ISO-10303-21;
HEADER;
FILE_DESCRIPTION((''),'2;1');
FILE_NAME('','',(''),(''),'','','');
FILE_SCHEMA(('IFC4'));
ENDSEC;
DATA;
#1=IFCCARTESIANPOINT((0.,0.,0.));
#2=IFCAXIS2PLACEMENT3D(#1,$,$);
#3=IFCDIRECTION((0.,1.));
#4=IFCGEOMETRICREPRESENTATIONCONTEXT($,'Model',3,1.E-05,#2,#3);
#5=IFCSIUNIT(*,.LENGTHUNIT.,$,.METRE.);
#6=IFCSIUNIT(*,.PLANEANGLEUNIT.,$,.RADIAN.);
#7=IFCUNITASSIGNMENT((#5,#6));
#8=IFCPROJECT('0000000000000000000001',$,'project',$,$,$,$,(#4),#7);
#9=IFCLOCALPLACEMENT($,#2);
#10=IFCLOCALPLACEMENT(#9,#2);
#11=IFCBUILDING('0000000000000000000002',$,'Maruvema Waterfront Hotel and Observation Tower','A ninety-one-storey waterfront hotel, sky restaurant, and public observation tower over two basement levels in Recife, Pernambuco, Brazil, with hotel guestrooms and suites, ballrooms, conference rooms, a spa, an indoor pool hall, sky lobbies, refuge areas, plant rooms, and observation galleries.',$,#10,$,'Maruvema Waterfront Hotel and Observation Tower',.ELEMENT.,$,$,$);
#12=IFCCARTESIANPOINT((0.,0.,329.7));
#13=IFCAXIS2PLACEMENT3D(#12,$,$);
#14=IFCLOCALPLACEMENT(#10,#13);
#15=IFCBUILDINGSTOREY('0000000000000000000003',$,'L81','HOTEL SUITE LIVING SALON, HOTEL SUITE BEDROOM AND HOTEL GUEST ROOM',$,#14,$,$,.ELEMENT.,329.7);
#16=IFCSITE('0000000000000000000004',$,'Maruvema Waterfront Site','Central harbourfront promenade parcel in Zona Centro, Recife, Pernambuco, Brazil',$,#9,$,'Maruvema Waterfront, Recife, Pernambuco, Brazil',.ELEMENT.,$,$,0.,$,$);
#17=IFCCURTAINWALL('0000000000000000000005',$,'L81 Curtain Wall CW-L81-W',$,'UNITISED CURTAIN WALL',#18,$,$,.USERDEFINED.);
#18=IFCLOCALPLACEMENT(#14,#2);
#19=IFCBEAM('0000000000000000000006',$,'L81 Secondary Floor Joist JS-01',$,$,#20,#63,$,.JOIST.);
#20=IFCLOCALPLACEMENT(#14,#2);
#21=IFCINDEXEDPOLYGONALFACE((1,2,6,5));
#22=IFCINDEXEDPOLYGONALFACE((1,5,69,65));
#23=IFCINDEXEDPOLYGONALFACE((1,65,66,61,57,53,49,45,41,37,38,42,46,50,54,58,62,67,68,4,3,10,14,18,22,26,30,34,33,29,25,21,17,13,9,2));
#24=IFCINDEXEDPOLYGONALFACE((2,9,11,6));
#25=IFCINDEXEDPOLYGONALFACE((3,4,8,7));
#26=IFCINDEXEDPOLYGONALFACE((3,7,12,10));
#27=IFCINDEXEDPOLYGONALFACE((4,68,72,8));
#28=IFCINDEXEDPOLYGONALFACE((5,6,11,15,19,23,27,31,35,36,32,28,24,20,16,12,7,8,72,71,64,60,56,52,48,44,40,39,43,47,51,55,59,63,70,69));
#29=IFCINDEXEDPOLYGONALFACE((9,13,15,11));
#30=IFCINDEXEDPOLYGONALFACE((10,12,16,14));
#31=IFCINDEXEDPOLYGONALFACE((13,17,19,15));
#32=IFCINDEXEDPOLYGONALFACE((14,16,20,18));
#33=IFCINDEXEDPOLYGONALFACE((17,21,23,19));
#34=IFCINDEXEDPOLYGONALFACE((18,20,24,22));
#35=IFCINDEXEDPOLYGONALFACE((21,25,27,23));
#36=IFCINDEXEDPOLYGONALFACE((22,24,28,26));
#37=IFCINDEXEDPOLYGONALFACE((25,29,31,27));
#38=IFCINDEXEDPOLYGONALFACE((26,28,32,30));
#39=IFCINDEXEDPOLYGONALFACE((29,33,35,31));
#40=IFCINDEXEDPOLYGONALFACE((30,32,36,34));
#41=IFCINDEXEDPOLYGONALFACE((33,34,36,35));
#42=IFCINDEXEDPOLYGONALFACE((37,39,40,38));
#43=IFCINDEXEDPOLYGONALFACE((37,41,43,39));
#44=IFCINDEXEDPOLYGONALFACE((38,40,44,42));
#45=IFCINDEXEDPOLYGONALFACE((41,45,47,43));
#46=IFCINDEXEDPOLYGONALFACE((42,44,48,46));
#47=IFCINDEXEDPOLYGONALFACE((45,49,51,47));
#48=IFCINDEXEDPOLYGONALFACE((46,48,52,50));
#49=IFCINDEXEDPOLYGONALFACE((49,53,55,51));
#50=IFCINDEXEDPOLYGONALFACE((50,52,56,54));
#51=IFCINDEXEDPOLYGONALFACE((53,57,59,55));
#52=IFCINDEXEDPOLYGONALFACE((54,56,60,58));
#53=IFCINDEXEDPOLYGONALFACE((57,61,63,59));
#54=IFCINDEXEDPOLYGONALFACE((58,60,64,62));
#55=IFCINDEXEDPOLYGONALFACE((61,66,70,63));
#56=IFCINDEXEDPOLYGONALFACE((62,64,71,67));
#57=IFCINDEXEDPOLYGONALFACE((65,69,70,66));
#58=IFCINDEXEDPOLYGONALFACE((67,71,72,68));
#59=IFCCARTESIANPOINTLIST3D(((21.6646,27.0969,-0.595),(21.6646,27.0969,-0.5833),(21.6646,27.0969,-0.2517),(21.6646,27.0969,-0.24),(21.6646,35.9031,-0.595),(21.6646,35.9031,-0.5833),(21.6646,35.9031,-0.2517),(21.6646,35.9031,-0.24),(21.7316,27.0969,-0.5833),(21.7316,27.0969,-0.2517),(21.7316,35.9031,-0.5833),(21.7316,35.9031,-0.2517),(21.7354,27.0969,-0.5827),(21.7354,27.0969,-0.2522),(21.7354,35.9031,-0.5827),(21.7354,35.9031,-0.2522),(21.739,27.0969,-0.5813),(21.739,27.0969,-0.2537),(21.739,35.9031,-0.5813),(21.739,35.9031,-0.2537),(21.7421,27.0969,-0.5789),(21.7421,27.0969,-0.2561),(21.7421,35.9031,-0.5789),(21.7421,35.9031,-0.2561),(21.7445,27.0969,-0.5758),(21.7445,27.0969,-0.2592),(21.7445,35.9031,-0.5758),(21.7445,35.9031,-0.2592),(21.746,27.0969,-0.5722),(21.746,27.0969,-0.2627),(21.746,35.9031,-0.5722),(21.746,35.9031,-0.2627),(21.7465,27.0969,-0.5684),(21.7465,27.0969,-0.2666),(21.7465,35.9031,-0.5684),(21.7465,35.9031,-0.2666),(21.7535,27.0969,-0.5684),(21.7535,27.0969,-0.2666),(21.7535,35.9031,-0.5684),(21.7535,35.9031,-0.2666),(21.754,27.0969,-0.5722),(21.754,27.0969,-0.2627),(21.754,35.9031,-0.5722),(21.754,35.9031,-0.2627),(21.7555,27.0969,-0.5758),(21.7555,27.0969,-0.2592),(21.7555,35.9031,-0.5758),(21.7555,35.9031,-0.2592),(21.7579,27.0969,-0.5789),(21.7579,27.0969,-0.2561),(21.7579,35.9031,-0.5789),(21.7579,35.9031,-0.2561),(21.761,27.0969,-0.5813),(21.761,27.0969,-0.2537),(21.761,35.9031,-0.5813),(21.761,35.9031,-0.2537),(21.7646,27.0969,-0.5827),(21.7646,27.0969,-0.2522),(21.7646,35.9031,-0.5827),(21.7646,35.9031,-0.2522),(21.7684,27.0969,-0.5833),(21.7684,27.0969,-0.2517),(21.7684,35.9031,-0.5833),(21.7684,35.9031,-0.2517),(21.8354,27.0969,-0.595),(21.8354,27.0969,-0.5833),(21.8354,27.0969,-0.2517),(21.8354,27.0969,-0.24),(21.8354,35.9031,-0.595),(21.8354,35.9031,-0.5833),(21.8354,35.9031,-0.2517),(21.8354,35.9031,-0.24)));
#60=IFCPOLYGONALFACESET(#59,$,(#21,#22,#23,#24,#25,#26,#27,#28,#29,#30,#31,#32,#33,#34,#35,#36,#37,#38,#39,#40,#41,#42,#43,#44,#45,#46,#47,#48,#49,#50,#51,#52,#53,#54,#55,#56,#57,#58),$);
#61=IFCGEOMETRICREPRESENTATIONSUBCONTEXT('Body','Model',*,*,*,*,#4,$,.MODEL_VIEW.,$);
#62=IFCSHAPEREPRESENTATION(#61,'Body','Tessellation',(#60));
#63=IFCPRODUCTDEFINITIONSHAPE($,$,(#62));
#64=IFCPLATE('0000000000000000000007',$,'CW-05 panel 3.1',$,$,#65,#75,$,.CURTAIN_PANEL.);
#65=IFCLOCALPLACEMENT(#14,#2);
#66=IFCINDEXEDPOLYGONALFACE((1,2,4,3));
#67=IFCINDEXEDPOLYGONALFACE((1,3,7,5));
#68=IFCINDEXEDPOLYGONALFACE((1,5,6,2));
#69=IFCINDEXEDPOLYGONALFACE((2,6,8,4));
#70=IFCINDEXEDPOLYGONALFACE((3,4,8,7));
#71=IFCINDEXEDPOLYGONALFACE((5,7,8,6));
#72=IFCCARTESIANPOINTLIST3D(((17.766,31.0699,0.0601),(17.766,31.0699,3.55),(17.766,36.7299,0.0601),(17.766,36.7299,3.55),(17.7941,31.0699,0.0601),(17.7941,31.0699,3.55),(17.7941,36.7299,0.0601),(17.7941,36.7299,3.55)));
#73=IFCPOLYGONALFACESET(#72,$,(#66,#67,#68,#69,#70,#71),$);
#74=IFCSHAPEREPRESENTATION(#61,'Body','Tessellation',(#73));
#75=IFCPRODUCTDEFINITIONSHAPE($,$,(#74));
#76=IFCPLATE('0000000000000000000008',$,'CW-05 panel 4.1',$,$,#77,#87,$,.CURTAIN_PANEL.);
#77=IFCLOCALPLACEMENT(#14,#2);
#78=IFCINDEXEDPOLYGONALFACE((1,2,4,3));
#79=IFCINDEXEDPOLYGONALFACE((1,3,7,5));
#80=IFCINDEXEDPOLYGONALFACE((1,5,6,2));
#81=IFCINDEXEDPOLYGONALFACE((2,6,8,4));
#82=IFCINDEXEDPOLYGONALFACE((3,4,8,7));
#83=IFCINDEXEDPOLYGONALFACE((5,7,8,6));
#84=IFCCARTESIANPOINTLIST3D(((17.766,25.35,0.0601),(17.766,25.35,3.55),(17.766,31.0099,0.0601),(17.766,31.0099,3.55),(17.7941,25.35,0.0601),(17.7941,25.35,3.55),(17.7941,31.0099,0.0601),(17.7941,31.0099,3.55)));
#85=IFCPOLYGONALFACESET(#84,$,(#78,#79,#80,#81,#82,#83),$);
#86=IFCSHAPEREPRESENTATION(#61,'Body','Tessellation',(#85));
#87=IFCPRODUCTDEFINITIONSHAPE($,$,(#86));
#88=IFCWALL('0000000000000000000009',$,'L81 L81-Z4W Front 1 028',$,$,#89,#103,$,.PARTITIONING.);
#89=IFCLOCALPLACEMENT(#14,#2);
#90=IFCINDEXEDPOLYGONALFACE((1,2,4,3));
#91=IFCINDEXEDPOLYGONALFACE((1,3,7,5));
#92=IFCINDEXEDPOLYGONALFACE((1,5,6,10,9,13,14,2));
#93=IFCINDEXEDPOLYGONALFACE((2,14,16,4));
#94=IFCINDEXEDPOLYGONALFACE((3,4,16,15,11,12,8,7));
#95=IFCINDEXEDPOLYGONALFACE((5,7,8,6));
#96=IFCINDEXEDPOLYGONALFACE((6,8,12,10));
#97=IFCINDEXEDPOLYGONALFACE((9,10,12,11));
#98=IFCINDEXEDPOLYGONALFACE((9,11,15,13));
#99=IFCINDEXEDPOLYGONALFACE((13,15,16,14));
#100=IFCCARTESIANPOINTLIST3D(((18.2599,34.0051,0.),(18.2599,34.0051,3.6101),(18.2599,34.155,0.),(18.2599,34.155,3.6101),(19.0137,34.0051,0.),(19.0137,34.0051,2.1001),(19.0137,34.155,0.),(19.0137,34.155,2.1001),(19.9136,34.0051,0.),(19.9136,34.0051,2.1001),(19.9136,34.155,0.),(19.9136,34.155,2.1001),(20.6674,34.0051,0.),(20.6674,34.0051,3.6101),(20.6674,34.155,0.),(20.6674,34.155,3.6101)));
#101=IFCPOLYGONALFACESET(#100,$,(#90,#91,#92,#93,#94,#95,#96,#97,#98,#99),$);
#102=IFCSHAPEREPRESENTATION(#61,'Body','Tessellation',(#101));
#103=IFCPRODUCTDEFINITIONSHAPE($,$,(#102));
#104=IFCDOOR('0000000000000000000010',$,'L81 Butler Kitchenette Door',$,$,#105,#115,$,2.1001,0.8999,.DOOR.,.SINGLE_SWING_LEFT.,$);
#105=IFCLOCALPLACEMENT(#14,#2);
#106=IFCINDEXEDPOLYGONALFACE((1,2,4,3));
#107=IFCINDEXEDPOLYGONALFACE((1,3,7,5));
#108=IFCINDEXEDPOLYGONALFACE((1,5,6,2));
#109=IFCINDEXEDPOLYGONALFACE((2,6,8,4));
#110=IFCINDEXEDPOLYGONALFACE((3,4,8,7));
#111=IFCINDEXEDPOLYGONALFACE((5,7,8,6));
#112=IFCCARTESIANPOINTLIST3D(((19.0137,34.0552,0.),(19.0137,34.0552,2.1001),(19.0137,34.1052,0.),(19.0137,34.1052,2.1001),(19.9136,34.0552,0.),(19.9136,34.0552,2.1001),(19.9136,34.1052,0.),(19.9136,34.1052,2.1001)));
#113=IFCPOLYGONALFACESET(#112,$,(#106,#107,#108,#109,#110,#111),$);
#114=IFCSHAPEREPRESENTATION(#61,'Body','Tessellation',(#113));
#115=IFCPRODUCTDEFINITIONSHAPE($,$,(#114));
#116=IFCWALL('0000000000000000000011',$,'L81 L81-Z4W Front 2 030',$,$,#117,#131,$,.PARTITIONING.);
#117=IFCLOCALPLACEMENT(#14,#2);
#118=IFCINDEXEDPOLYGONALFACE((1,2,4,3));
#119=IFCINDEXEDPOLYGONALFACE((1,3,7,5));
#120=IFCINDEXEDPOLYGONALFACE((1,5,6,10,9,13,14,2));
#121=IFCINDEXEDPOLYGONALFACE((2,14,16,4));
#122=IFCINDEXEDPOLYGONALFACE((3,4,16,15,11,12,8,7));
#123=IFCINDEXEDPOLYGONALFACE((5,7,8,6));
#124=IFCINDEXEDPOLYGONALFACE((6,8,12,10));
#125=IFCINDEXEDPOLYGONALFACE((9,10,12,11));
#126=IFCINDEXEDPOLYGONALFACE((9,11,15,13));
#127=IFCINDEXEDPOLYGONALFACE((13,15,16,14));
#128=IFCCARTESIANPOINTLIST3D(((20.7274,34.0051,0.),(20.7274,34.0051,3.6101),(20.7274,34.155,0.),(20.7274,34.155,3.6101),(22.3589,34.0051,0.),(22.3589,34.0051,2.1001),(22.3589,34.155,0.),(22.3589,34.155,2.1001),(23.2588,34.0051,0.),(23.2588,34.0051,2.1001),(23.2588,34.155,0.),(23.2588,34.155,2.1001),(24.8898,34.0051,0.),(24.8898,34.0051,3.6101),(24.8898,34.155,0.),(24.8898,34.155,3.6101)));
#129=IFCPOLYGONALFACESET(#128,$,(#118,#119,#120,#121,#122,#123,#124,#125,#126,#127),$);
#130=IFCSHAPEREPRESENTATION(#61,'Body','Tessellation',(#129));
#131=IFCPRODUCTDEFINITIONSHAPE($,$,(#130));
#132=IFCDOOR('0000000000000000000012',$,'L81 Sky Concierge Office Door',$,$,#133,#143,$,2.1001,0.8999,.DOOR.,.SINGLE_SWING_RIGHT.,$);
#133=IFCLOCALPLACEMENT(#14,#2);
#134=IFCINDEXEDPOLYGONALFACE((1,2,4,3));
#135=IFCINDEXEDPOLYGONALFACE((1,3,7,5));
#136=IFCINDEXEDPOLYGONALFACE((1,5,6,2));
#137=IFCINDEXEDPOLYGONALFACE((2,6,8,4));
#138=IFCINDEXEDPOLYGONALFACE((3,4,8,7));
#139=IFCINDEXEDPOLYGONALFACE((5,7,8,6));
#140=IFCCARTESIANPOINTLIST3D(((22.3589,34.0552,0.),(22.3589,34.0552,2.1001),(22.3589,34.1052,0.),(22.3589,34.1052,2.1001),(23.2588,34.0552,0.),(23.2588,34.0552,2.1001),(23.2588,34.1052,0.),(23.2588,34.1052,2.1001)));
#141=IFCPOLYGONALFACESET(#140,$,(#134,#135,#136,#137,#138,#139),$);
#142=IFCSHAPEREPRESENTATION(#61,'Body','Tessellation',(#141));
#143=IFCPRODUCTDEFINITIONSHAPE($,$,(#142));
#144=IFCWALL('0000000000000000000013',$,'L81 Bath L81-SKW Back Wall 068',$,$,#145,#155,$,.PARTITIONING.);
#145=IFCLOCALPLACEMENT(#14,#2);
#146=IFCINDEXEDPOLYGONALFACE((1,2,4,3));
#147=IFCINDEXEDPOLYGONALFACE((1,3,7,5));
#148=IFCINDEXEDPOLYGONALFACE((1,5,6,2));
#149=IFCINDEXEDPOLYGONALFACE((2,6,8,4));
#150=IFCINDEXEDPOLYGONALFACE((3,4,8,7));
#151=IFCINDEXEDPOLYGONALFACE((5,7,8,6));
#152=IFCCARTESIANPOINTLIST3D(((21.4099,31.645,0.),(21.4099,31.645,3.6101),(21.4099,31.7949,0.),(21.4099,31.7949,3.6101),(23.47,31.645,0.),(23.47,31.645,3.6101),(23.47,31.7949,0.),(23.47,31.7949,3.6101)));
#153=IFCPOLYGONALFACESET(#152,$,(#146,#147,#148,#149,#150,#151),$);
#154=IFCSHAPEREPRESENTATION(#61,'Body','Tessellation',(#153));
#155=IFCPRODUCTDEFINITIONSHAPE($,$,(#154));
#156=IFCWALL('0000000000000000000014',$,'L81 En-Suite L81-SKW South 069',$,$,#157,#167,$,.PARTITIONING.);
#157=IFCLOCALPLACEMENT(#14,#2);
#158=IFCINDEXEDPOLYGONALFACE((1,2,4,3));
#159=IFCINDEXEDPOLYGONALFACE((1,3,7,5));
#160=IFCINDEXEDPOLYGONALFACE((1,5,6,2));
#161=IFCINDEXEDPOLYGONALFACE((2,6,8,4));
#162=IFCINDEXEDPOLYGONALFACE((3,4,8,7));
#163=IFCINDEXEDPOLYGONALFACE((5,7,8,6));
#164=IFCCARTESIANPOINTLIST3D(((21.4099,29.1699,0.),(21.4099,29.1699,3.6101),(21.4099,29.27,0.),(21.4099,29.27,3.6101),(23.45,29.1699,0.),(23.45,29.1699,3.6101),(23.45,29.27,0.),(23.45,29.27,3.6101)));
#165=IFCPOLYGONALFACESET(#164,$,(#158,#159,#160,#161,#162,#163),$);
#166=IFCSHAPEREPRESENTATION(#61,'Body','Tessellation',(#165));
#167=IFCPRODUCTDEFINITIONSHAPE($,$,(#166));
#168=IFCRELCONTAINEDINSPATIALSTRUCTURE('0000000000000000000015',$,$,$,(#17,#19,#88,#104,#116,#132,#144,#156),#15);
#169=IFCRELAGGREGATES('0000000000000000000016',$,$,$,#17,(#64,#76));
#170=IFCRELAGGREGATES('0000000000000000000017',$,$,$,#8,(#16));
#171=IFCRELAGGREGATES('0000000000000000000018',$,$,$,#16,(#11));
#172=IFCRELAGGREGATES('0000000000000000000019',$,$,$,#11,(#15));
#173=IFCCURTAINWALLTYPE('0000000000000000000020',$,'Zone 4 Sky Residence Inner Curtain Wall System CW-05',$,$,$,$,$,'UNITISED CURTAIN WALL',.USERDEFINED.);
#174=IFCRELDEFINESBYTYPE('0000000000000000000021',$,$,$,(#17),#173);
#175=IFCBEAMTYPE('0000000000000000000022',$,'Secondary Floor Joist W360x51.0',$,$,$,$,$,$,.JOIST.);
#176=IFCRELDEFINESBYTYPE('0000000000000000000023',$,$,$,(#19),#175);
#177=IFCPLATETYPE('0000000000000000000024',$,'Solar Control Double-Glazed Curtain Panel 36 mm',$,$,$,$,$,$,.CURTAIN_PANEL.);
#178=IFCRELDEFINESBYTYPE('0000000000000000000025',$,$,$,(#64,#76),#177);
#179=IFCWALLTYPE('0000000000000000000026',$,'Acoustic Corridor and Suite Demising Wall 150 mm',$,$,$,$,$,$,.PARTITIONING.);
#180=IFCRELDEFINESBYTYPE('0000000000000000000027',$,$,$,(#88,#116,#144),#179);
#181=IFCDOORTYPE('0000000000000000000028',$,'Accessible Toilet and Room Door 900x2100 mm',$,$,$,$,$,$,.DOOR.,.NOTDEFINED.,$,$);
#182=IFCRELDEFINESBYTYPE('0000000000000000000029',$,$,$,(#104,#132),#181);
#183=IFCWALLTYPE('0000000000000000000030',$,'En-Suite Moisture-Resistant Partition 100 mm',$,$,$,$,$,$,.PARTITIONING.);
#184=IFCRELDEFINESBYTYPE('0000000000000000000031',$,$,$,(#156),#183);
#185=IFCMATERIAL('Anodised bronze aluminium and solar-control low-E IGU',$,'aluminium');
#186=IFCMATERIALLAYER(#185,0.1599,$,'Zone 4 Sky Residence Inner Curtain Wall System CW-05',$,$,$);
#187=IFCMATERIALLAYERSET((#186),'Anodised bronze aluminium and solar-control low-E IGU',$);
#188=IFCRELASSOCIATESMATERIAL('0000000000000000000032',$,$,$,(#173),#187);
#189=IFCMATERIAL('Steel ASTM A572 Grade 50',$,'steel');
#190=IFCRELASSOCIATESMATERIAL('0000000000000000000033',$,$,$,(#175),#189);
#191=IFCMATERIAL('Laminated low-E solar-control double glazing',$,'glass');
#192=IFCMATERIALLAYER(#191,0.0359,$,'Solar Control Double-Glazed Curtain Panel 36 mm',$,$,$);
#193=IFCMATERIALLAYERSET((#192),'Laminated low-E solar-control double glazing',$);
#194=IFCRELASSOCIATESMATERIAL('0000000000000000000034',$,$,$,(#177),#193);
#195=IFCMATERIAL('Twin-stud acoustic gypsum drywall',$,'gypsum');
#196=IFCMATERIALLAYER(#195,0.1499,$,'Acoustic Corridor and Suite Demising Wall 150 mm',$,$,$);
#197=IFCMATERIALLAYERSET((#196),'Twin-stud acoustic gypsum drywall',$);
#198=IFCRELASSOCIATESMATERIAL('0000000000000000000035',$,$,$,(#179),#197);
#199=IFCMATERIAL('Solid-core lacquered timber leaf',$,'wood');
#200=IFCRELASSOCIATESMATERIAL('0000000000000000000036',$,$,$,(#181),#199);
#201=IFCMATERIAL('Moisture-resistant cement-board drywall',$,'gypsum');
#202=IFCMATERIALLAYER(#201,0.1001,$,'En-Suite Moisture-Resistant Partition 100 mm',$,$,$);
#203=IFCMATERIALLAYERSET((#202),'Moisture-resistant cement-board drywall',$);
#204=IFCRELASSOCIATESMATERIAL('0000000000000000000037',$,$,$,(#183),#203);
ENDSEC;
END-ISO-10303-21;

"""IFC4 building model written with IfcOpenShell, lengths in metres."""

from ifc_helpers import new_model, si_unit, direction, frame, frame_2d, origin, origin_2d, place, context, subcontext, project, spatial, rectangle, i_section, extrude, material, layer, layer_set, material_profile, profile_set, type_object, element, fill, aggregate, save


model = new_model("IFC4")

# Units and contexts
model_context = context("Model", 3, precision=1e-05, world=origin(), true_north=direction((0.0, 1.0)))
body_context = subcontext(model_context, "Body", "Model", "MODEL_VIEW")
ifc_project = project(units=[si_unit("LENGTHUNIT", "METRE"), si_unit("PLANEANGLEUNIT", "RADIAN")], contexts=[model_context])

# Site, building, storey
site_placement = place(None, origin())
site = spatial("IfcSite", under=ifc_project, at=site_placement, Name="Maruvema Waterfront Site", Description="Central harbourfront promenade parcel in Zona Centro, Recife, Pernambuco, Brazil", LongName="Maruvema Waterfront, Recife, Pernambuco, Brazil", CompositionType="ELEMENT", RefElevation=0.0)
building_placement = place(site_placement, origin())
building = spatial("IfcBuilding", under=site, at=building_placement, Name="Maruvema Waterfront Hotel and Observation Tower", Description="A ninety-one-storey waterfront hotel, sky restaurant, and public observation tower over two basement levels in Recife, Pernambuco, Brazil, with hotel guestrooms and suites, ballrooms, conference rooms, a spa, an indoor pool hall, sky lobbies, refuge areas, plant rooms, and observation galleries.", LongName="Maruvema Waterfront Hotel and Observation Tower", CompositionType="ELEMENT")
storey_placement = place(building_placement, frame((0.0, 0.0, 329.7)))
storey = spatial("IfcBuildingStorey", under=building, at=storey_placement, Name="L81", Description="HOTEL SUITE LIVING SALON, HOTEL SUITE BEDROOM AND HOTEL GUEST ROOM", CompositionType="ELEMENT", Elevation=329.7)

# Curtain wall
ifc_material_1 = material(Name="Anodised bronze aluminium and solar-control low-E IGU", Category="aluminium")
ifc_layer_1 = layer(ifc_material_1, 0.1599, Name="Zone 4 Sky Residence Inner Curtain Wall System CW-05")
ifc_layer_set_1 = layer_set([ifc_layer_1], Name="Anodised bronze aluminium and solar-control low-E IGU")
curtain_wall_type = type_object("IfcCurtainWallType", Name="Zone 4 Sky Residence Inner Curtain Wall System CW-05", ElementType="UNITISED CURTAIN WALL", PredefinedType="USERDEFINED", material=ifc_layer_set_1)
curtain_wall_placement = place(storey_placement, origin())
curtain_wall = element("IfcCurtainWall", 1, at=curtain_wall_placement, inside=storey, type_object=curtain_wall_type, Name="L81 Curtain Wall CW-L81-W", ObjectType="UNITISED CURTAIN WALL", PredefinedType="USERDEFINED")

# Beam
ifc_material_2 = material(Name="Steel ASTM A572 Grade 50", Category="steel")
ifc_material_profile_1 = material_profile(ifc_material_2, i_section(OverallWidth=0.1709, OverallDepth=0.355, WebThickness=0.0071, FlangeThickness=0.0117, FilletRadius=0.0149, at=origin_2d()), Name="W360x51.0")
ifc_profile_set_1 = profile_set([ifc_material_profile_1], Name="Steel ASTM A572 Grade 50")
beam_type_1 = type_object("IfcBeamType", Name="Secondary Floor Joist W360x51.0", PredefinedType="JOIST", material=ifc_profile_set_1)
beam_1_placement = place(storey_placement, frame((21.75, 27.0969, -0.4175), z_axis=(0.0, 1.0, 0.0), x_axis=(-1.0, 0.0, 0.0)))
element("IfcBeam", 2, at=beam_1_placement, inside=storey, type_object=beam_type_1, Name="L81 Secondary Floor Joist JS-01", PredefinedType="JOIST", context=body_context, shape_type="SweptSolid", body=[
    extrude(i_section(OverallWidth=0.1709, OverallDepth=0.355, WebThickness=0.0071, FlangeThickness=0.0117, FilletRadius=0.0149, at=origin_2d()), origin(), (0.0, 0.0, 1.0), 8.8062),
])

# Plates
ifc_material_3 = material(Name="Laminated low-E solar-control double glazing", Category="glass")
ifc_layer_2 = layer(ifc_material_3, 0.0359, Name="Solar Control Double-Glazed Curtain Panel 36 mm")
ifc_layer_set_2 = layer_set([ifc_layer_2], Name="Laminated low-E solar-control double glazing")
plate_type = type_object("IfcPlateType", Name="Solar Control Double-Glazed Curtain Panel 36 mm", PredefinedType="CURTAIN_PANEL", material=ifc_layer_set_2)
plate_1_placement = place(storey_placement, frame((17.78, 33.8999, 0.0601), z_axis=(0.0, 0.0, 1.0), x_axis=(0.0, -1.0, 0.0)))
plate_1 = element("IfcPlate", 3, at=plate_1_placement, type_object=plate_type, Name="CW-05 panel 3.1", PredefinedType="CURTAIN_PANEL", context=body_context, shape_type="SweptSolid", body=[
    extrude(rectangle(XDim=5.6599, YDim=0.0281, at=origin_2d()), origin(), (0.0, 0.0, 1.0), 3.49),
])
plate_2_placement = place(storey_placement, frame((17.78, 28.1799, 0.0601), z_axis=(0.0, 0.0, 1.0), x_axis=(0.0, -1.0, 0.0)))
plate_2 = element("IfcPlate", 4, at=plate_2_placement, type_object=plate_type, Name="CW-05 panel 4.1", PredefinedType="CURTAIN_PANEL", context=body_context, shape_type="SweptSolid", body=[
    extrude(rectangle(XDim=5.6599, YDim=0.0281, at=origin_2d()), origin(), (0.0, 0.0, 1.0), 3.49),
])
aggregate(curtain_wall, [plate_1, plate_2])

# Walls, openings, doors
ifc_material_4 = material(Name="Twin-stud acoustic gypsum drywall", Category="gypsum")
ifc_layer_3 = layer(ifc_material_4, 0.1499, Name="Acoustic Corridor and Suite Demising Wall 150 mm")
ifc_layer_set_3 = layer_set([ifc_layer_3], Name="Twin-stud acoustic gypsum drywall")
wall_type_1 = type_object("IfcWallType", Name="Acoustic Corridor and Suite Demising Wall 150 mm", PredefinedType="PARTITIONING", material=ifc_layer_set_3)
wall_1_placement = place(storey_placement, frame((18.26, 34.0801, 0.0), z_axis=(0.0, 0.0, 1.0), x_axis=(1.0, 0.0, 0.0)))
wall_1 = element("IfcWall", 5, at=wall_1_placement, inside=storey, type_object=wall_type_1, Name="L81 L81-Z4W Front 1 028", PredefinedType="PARTITIONING", context=body_context, shape_type="SweptSolid", body=[
    extrude(rectangle(XDim=2.4075, YDim=0.1499, at=frame_2d((1.2036, 0.0))), origin(), (0.0, 0.0, 1.0), 3.6101),
])
opening_1_placement = place(wall_1_placement, frame((0.7537, 0.0, 0.0)))
opening_1 = element("IfcOpeningElement", 6, at=opening_1_placement, cuts=wall_1, PredefinedType="OPENING", context=body_context, shape_type="SweptSolid", body=[
    extrude(rectangle(XDim=0.8999, YDim=2.1001, at=frame_2d((0.45, 1.05))), frame((0.0, 0.085, 0.0), z_axis=(0.0, -1.0, 0.0), x_axis=(1.0, 0.0, 0.0)), (0.0, 0.0, 1.0), 0.1699),
])
ifc_material_5 = material(Name="Solid-core lacquered timber leaf", Category="wood")
door_type_1 = type_object("IfcDoorType", Name="Accessible Toilet and Room Door 900x2100 mm", OperationType="NOTDEFINED", PredefinedType="DOOR", material=ifc_material_5)
door_1_placement = place(opening_1_placement, frame((0.8999, 0.0, 0.0), z_axis=(0.0, 0.0, 1.0), x_axis=(-1.0, 0.0, 0.0)))
door_1 = element("IfcDoor", 7, at=door_1_placement, inside=storey, type_object=door_type_1, Name="L81 Butler Kitchenette Door", OperationType="SINGLE_SWING_LEFT", OverallHeight=2.1001, OverallWidth=0.8999, PredefinedType="DOOR", context=body_context, shape_type="SweptSolid", body=[
    extrude(rectangle(XDim=0.8999, YDim=2.1001, at=frame_2d((0.45, 1.05))), frame((0.0, 0.0249, 0.0), z_axis=(0.0, -1.0, 0.0), x_axis=(1.0, 0.0, 0.0)), (0.0, 0.0, 1.0), 0.05),
])
fill(opening_1, door_1)
wall_2_placement = place(storey_placement, frame((20.7275, 34.0801, 0.0), z_axis=(0.0, 0.0, 1.0), x_axis=(1.0, 0.0, 0.0)))
wall_2 = element("IfcWall", 8, at=wall_2_placement, inside=storey, type_object=wall_type_1, Name="L81 L81-Z4W Front 2 030", PredefinedType="PARTITIONING", context=body_context, shape_type="SweptSolid", body=[
    extrude(rectangle(XDim=4.1624, YDim=0.1499, at=frame_2d((2.0811, 0.0))), origin(), (0.0, 0.0, 1.0), 3.6101),
])
opening_2_placement = place(wall_2_placement, frame((1.6313, 0.0, 0.0)))
opening_2 = element("IfcOpeningElement", 9, at=opening_2_placement, cuts=wall_2, PredefinedType="OPENING", context=body_context, shape_type="SweptSolid", body=[
    extrude(rectangle(XDim=0.8999, YDim=2.1001, at=frame_2d((0.45, 1.05))), frame((0.0, 0.085, 0.0), z_axis=(0.0, -1.0, 0.0), x_axis=(1.0, 0.0, 0.0)), (0.0, 0.0, 1.0), 0.1699),
])
door_2_placement = place(opening_2_placement, frame((0.8999, 0.0, 0.0), z_axis=(0.0, 0.0, 1.0), x_axis=(-1.0, 0.0, 0.0)))
door_2 = element("IfcDoor", 10, at=door_2_placement, inside=storey, type_object=door_type_1, Name="L81 Sky Concierge Office Door", OperationType="SINGLE_SWING_RIGHT", OverallHeight=2.1001, OverallWidth=0.8999, PredefinedType="DOOR", context=body_context, shape_type="SweptSolid", body=[
    extrude(rectangle(XDim=0.8999, YDim=2.1001, at=frame_2d((0.45, 1.05))), frame((0.0, 0.0249, 0.0), z_axis=(0.0, -1.0, 0.0), x_axis=(1.0, 0.0, 0.0)), (0.0, 0.0, 1.0), 0.05),
])
fill(opening_2, door_2)

# Wall
wall_3_placement = place(storey_placement, frame((21.4099, 31.72, 0.0), z_axis=(0.0, 0.0, 1.0), x_axis=(1.0, 0.0, 0.0)))
element("IfcWall", 11, at=wall_3_placement, inside=storey, type_object=wall_type_1, Name="L81 Bath L81-SKW Back Wall 068", PredefinedType="PARTITIONING", context=body_context, shape_type="SweptSolid", body=[
    extrude(rectangle(XDim=2.0601, YDim=0.1499, at=frame_2d((1.03, 0.0))), origin(), (0.0, 0.0, 1.0), 3.6101),
])

# Wall
ifc_material_6 = material(Name="Moisture-resistant cement-board drywall", Category="gypsum")
ifc_layer_4 = layer(ifc_material_6, 0.1001, Name="En-Suite Moisture-Resistant Partition 100 mm")
ifc_layer_set_4 = layer_set([ifc_layer_4], Name="Moisture-resistant cement-board drywall")
wall_type_2 = type_object("IfcWallType", Name="En-Suite Moisture-Resistant Partition 100 mm", PredefinedType="PARTITIONING", material=ifc_layer_set_4)
wall_4_placement = place(storey_placement, frame((21.4099, 29.22, 0.0), z_axis=(0.0, 0.0, 1.0), x_axis=(1.0, 0.0, 0.0)))
element("IfcWall", 12, at=wall_4_placement, inside=storey, type_object=wall_type_2, Name="L81 En-Suite L81-SKW South 069", PredefinedType="PARTITIONING", context=body_context, shape_type="SweptSolid", body=[
    extrude(rectangle(XDim=2.04, YDim=0.1001, at=frame_2d((1.02, 0.0))), origin(), (0.0, 0.0, 1.0), 3.6101),
])

save(model, "model.ifc")
